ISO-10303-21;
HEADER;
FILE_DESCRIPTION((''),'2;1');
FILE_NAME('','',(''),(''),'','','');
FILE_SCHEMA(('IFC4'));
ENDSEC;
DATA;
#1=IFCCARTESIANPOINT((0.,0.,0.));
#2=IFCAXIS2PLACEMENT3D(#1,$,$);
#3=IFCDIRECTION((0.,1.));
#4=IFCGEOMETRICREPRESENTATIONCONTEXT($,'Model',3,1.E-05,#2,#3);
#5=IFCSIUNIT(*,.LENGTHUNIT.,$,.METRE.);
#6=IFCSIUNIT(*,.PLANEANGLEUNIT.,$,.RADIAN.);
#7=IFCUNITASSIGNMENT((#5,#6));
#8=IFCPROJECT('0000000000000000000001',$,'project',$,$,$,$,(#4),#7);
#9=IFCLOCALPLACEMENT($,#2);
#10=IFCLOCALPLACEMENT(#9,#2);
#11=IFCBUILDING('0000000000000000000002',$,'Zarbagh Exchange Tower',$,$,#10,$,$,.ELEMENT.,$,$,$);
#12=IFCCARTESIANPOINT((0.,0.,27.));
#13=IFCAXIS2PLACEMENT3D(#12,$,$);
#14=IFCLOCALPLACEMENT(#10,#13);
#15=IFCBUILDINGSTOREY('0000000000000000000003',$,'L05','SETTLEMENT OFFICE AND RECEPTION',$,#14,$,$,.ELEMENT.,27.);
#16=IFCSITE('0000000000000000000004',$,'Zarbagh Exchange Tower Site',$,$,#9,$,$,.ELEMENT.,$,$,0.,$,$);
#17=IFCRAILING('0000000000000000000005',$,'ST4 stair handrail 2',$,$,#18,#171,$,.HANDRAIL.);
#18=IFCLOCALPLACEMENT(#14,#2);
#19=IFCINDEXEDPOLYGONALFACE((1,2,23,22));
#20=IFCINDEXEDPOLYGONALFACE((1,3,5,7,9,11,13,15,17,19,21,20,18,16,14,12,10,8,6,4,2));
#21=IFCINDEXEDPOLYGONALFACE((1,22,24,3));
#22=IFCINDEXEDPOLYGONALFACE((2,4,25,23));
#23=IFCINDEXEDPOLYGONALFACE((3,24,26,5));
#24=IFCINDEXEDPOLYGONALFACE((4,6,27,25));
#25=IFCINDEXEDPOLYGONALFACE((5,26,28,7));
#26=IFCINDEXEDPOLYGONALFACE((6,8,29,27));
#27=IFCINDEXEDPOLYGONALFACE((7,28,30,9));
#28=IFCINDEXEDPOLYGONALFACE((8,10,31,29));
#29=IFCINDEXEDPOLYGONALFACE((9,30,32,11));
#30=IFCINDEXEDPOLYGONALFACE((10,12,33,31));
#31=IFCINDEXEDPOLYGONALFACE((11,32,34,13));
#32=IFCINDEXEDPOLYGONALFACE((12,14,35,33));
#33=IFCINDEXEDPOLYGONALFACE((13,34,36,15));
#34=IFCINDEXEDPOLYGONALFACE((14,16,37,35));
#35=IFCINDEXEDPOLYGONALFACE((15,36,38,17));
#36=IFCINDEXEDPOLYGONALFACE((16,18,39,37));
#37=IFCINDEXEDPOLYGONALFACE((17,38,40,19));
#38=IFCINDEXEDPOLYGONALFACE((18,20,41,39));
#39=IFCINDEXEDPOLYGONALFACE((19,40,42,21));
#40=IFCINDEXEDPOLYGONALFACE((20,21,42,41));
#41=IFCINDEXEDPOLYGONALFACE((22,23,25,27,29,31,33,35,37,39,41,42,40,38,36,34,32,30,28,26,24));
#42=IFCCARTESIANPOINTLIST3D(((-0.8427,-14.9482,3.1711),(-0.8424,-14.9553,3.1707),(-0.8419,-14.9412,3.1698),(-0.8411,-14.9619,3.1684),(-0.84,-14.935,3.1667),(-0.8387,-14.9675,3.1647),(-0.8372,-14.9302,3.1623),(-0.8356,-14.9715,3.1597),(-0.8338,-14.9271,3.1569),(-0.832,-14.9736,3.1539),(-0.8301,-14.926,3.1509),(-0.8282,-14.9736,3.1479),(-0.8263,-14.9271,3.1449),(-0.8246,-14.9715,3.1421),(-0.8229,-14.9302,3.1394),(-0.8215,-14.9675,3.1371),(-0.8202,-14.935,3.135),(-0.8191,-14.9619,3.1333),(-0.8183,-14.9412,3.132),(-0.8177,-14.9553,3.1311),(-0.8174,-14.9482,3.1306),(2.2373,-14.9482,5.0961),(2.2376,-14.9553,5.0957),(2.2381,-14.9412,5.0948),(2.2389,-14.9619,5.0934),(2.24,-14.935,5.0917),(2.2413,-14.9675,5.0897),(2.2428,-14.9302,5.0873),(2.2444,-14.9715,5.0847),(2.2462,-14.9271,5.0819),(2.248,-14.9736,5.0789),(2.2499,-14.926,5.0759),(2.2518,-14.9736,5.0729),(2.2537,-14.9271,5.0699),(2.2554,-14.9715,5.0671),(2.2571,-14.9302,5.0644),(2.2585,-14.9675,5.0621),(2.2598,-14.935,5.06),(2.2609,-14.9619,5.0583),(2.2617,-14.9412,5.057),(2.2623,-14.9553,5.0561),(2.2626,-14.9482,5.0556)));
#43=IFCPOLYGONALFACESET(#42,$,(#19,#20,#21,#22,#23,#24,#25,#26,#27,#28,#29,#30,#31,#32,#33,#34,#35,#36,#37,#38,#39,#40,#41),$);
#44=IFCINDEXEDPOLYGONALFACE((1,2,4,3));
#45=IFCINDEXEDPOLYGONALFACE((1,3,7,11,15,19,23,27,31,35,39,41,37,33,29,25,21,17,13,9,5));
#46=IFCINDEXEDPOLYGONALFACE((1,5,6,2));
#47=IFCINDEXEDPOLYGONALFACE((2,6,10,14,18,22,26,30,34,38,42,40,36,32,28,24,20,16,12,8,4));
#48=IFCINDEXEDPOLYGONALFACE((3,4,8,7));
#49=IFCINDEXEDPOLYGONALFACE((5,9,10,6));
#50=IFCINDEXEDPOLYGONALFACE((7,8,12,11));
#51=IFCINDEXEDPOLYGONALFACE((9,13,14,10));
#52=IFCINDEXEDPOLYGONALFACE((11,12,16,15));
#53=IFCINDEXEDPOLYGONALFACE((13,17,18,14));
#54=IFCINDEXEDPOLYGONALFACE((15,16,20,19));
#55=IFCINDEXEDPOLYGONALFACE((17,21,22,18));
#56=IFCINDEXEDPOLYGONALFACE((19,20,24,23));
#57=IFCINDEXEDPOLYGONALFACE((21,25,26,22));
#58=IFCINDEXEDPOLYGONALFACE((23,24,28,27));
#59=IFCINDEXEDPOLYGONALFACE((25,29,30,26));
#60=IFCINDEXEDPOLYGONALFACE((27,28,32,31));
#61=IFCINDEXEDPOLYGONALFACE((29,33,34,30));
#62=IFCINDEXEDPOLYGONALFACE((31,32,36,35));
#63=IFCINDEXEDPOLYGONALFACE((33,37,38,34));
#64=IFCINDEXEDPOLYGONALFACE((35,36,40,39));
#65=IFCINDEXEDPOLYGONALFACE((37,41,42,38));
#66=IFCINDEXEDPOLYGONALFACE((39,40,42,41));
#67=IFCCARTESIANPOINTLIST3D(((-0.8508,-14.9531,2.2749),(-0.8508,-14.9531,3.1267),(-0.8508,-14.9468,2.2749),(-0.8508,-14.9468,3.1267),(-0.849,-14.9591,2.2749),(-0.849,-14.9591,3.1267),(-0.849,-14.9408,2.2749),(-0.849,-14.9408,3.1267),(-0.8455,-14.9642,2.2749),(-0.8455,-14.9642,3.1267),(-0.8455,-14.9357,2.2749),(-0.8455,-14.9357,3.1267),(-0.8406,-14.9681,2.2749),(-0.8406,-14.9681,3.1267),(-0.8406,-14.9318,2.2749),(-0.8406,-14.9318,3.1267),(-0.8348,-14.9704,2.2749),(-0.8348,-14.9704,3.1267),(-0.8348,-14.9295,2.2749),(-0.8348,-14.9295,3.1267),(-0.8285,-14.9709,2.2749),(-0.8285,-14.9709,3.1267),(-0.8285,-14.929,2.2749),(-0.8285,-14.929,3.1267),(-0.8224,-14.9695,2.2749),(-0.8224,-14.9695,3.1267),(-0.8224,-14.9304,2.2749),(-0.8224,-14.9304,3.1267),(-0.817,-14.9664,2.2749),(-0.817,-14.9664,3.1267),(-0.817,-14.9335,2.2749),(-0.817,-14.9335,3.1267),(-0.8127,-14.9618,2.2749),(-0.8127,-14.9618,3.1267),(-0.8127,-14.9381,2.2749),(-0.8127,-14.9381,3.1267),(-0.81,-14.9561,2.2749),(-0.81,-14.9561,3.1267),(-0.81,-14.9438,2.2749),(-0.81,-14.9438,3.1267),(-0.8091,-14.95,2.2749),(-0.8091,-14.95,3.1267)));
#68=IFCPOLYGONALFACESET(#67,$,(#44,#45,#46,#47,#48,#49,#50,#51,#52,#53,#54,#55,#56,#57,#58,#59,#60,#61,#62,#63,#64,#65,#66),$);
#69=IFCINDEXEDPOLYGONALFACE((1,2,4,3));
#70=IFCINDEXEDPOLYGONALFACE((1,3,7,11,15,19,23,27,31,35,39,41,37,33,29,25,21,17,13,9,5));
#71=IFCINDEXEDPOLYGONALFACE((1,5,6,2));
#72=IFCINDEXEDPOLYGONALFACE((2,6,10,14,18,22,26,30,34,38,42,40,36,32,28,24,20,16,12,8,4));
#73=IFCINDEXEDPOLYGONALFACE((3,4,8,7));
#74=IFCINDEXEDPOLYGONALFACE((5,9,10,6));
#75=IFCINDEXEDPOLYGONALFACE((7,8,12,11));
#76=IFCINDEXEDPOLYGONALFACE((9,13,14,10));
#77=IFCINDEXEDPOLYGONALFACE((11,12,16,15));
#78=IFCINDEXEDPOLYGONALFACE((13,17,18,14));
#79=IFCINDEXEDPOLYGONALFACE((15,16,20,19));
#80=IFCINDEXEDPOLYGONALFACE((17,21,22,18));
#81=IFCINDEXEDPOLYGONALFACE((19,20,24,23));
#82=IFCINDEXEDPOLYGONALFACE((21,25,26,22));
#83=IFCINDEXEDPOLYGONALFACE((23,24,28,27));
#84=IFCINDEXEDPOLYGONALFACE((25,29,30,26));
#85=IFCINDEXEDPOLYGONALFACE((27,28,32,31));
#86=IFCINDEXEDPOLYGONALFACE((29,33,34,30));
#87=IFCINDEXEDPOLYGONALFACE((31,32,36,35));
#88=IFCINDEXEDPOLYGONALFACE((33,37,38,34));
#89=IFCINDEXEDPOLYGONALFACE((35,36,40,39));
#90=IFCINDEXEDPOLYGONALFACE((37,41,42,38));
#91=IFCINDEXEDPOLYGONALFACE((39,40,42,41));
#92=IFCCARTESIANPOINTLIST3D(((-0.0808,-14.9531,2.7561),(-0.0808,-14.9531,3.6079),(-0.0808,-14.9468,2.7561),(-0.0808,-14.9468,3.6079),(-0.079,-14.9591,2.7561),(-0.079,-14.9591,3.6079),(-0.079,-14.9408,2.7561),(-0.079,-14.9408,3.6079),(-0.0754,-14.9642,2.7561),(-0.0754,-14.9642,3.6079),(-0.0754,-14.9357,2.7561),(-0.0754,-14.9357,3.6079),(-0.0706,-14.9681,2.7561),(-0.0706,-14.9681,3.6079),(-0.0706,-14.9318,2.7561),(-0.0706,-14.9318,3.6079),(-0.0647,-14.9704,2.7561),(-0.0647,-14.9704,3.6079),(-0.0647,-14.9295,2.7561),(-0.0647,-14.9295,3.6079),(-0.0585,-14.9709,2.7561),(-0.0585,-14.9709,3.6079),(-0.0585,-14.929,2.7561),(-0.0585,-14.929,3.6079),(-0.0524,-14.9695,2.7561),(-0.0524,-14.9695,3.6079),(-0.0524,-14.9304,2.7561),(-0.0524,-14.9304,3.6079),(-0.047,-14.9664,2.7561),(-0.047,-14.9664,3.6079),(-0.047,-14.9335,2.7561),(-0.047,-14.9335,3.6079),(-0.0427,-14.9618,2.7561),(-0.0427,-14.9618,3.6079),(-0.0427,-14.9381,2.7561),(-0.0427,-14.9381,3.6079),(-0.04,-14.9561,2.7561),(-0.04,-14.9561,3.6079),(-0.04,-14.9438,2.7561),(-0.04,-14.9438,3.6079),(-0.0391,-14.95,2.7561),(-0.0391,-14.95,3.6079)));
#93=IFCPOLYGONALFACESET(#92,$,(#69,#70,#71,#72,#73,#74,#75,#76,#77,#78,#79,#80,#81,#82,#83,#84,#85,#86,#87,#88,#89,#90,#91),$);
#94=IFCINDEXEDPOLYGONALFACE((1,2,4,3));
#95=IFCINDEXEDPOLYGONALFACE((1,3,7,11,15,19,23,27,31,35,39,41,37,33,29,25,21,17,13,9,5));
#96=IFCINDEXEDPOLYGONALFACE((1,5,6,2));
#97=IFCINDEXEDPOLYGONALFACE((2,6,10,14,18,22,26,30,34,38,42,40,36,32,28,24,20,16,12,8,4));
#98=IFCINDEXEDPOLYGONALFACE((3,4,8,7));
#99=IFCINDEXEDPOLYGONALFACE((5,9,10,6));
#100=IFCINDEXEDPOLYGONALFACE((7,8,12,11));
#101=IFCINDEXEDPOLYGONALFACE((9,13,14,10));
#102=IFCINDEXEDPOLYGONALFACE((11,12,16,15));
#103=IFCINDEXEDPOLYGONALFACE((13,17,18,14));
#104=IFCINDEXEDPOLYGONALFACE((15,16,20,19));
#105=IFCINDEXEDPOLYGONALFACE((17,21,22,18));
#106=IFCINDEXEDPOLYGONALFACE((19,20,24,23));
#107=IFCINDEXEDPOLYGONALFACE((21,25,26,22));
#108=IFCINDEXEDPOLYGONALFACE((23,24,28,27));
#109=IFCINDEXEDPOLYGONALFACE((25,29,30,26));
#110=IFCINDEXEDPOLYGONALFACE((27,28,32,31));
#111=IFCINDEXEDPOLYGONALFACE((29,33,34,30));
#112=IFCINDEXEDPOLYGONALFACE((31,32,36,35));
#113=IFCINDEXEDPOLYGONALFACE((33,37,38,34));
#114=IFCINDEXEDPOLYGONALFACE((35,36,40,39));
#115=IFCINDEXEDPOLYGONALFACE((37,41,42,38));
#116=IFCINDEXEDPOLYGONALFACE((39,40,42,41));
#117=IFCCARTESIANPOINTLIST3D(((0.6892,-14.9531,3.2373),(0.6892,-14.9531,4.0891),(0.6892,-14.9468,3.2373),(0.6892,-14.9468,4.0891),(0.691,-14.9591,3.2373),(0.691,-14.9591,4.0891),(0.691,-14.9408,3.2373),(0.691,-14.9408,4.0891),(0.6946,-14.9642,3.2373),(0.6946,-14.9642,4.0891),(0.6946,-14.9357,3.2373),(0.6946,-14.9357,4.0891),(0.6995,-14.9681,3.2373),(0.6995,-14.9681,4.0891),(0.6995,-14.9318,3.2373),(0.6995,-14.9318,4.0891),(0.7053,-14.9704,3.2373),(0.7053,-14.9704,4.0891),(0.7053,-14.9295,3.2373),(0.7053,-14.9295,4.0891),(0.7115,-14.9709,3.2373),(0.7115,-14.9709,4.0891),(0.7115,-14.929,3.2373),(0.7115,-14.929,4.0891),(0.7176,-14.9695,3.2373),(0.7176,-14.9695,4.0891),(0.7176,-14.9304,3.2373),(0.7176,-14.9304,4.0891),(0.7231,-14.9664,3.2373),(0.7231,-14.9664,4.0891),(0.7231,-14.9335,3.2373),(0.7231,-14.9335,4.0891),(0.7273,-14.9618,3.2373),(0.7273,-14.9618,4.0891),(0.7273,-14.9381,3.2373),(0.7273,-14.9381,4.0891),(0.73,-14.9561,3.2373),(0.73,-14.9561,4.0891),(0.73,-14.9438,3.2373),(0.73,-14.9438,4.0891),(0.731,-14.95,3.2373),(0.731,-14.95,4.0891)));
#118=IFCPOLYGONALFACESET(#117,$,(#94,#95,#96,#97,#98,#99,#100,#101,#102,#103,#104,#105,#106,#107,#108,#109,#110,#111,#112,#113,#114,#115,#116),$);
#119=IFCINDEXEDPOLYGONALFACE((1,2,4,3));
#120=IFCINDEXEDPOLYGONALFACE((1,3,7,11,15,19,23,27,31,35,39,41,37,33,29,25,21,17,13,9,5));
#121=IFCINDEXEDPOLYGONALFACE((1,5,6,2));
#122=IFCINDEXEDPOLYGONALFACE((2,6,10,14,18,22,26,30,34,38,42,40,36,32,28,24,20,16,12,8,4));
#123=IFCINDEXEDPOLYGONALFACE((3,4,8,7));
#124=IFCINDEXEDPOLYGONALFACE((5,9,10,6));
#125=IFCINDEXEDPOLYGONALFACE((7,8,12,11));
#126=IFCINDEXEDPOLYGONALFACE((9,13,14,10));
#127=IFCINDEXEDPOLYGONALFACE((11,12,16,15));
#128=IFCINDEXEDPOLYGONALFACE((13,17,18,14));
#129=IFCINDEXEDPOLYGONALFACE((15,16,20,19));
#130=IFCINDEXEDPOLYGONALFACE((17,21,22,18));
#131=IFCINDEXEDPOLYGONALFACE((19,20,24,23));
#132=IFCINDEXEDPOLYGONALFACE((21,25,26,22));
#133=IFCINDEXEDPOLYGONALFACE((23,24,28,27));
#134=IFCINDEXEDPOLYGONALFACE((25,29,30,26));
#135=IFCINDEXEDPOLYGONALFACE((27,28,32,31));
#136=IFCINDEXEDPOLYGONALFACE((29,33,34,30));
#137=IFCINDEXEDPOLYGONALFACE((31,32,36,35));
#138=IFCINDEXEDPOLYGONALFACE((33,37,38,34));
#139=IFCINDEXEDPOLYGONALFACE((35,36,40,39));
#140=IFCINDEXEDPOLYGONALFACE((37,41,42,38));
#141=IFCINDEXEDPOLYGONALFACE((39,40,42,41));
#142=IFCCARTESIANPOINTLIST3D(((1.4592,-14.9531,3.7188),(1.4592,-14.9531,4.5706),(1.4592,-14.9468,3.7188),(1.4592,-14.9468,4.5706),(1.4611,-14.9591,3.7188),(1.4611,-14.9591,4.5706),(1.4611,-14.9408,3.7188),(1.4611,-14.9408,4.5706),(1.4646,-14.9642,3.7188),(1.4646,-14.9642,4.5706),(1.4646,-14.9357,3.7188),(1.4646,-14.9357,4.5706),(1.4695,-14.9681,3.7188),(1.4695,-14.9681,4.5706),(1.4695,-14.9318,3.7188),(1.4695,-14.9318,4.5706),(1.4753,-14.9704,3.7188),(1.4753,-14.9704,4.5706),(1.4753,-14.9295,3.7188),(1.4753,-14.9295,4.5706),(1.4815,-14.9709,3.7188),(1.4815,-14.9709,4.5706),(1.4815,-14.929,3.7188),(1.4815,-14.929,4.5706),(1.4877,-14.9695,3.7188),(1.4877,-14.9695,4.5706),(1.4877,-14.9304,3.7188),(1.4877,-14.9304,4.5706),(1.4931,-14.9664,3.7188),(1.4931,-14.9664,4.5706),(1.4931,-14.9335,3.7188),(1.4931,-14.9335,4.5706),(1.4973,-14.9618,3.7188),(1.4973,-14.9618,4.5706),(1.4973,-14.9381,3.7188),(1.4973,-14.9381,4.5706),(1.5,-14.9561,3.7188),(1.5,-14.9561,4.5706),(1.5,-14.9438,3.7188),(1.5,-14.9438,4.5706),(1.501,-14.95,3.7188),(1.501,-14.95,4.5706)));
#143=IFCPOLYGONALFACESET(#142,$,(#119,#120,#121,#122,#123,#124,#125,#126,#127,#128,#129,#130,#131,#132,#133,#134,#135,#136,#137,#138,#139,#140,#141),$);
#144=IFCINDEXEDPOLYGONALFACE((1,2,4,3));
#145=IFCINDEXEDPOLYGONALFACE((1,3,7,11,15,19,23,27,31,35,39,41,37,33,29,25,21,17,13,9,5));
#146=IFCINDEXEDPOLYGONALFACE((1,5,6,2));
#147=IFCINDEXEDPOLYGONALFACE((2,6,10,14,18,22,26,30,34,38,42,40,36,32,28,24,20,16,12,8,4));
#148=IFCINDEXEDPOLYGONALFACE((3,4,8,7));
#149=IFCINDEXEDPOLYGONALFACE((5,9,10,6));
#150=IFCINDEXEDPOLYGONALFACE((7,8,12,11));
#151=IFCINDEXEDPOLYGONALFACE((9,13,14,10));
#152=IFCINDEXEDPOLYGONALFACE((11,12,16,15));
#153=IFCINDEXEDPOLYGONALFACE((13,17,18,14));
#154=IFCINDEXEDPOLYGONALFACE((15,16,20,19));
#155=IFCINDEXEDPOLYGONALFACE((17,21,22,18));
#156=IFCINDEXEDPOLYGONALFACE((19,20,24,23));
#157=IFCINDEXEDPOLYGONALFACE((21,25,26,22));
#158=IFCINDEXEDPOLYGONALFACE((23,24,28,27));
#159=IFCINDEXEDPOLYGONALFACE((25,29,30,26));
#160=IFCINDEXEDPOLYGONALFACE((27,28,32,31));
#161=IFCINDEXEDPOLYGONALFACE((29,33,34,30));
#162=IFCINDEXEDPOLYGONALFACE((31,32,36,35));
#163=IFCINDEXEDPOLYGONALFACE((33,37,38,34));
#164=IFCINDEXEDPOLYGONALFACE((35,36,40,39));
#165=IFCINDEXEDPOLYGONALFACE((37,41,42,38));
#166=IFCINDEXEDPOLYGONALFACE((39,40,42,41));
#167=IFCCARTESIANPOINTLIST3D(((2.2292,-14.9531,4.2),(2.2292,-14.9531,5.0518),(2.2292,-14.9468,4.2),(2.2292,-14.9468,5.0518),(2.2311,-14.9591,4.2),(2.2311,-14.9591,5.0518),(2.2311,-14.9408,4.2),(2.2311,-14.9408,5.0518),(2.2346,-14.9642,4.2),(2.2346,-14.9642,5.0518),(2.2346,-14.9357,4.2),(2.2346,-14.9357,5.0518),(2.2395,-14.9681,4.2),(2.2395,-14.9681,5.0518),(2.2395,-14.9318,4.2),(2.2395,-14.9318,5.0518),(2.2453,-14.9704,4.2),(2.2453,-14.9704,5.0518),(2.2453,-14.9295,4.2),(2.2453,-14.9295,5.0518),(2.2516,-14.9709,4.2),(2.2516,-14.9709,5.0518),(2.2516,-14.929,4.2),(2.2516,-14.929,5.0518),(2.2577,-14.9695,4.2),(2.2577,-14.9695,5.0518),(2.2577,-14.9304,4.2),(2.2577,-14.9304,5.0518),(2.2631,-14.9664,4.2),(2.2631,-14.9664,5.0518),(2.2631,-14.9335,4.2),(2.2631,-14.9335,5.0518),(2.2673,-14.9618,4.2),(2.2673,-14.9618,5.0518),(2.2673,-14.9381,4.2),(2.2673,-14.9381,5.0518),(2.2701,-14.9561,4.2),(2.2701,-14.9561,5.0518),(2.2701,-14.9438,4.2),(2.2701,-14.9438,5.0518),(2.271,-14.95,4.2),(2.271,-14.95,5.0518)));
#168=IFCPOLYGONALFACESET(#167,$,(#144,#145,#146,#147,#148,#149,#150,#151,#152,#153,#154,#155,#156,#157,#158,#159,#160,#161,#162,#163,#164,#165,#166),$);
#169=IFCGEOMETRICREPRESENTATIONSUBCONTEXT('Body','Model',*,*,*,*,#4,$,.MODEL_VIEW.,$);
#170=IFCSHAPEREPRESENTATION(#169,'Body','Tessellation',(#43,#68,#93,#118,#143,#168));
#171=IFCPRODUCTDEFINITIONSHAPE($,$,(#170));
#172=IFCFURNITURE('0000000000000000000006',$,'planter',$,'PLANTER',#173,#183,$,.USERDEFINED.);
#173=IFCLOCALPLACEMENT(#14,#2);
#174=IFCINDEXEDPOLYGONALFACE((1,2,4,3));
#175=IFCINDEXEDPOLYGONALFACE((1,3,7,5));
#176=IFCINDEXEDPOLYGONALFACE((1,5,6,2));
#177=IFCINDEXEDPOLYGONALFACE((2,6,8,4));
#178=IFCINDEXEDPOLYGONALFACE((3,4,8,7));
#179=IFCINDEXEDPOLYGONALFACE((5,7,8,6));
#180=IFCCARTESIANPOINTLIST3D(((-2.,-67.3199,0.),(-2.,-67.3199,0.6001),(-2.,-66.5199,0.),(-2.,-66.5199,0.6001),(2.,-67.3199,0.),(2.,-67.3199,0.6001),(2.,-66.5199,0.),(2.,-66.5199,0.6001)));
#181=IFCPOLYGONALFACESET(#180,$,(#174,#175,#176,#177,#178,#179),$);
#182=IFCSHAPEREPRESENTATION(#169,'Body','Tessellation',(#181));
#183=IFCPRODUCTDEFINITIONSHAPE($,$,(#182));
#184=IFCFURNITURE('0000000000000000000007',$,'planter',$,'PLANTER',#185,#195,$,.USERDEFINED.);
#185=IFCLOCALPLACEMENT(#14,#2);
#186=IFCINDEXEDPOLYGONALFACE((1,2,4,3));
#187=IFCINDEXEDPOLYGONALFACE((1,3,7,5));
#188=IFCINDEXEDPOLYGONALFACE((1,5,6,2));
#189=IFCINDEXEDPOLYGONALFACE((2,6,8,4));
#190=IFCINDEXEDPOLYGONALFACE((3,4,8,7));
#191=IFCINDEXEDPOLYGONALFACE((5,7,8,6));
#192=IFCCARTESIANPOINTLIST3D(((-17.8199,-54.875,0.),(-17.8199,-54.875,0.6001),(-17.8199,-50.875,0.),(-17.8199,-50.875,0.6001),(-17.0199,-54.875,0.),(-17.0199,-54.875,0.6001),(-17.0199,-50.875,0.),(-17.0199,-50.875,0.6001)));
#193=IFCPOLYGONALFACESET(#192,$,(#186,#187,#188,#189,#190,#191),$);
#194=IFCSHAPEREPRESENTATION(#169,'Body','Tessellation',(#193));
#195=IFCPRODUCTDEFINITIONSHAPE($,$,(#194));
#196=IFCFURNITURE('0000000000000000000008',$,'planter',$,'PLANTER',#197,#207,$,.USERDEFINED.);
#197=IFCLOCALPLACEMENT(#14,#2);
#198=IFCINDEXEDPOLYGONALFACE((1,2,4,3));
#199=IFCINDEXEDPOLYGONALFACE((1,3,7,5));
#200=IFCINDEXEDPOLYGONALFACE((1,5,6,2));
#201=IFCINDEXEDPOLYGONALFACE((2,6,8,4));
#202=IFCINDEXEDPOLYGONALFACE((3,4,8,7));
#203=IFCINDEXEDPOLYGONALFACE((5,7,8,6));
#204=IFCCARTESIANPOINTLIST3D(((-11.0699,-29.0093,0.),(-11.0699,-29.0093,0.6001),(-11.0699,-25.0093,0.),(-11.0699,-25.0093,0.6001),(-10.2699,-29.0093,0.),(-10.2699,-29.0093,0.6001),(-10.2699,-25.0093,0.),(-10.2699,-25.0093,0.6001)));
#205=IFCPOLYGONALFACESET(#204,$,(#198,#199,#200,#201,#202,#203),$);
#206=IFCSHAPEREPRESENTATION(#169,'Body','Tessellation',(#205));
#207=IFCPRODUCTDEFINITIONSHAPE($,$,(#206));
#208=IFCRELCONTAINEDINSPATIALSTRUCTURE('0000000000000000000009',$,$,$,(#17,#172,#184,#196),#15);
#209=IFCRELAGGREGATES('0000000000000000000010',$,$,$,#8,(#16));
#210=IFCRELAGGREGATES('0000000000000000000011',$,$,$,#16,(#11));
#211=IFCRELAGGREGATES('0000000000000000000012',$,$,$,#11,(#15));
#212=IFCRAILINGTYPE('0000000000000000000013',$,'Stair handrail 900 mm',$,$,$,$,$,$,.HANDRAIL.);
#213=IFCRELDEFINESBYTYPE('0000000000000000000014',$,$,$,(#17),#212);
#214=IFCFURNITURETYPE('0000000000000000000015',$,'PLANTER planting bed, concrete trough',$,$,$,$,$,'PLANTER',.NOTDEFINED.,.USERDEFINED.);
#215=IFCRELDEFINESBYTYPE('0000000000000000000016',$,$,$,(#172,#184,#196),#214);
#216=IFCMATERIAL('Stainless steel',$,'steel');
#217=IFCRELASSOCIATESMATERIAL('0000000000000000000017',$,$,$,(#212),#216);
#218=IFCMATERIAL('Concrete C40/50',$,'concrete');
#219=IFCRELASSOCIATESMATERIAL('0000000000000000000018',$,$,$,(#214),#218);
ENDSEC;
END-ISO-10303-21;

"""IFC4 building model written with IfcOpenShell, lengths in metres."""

from ifc_helpers import new_model, si_unit, direction, frame, origin, origin_2d, place, context, subcontext, project, spatial, rectangle, circle, extrude, material, type_object, element, save


model = new_model("IFC4")

# Units and contexts
model_context = context("Model", 3, precision=1e-05, world=origin(), true_north=direction((0.0, 1.0)))
body_context = subcontext(model_context, "Body", "Model", "MODEL_VIEW")
ifc_project = project(units=[si_unit("LENGTHUNIT", "METRE"), si_unit("PLANEANGLEUNIT", "RADIAN")], contexts=[model_context])

# Site, building, storey
site_placement = place(None, origin())
site = spatial("IfcSite", under=ifc_project, at=site_placement, Name="Zarbagh Exchange Tower Site", CompositionType="ELEMENT", RefElevation=0.0)
building_placement = place(site_placement, origin())
building = spatial("IfcBuilding", under=site, at=building_placement, Name="Zarbagh Exchange Tower", CompositionType="ELEMENT")
storey_placement = place(building_placement, frame((0.0, 0.0, 27.0)))
storey = spatial("IfcBuildingStorey", under=building, at=storey_placement, Name="L05", Description="SETTLEMENT OFFICE AND RECEPTION", CompositionType="ELEMENT", Elevation=27.0)

# Shared definitions
ifc_material_1 = material(Name="Concrete C40/50", Category="concrete")
ifc_material_2 = material(Name="Stainless steel", Category="steel")

# Railing
railing_type_1 = type_object("IfcRailingType", Name="Stair handrail 900 mm", PredefinedType="HANDRAIL", material=ifc_material_2)
for number, where, name in (
    (1, (-0.8301, -14.95, 2.2749), "ST4 stair handrail 2"),
):
    element("IfcRailing", number, at=place(storey_placement, frame(where)), inside=storey, type_object=railing_type_1, Name=name, PredefinedType="HANDRAIL", context=body_context, shape_type="SweptSolid", body=[
        extrude(circle(Radius=0.0239, at=origin_2d()), frame((0.0, 0.0, 0.876), z_axis=(0.847998, 0.0, 0.529999), x_axis=(0.0, 1.0, 0.0)), (0.0, 0.0, 1.0), 3.6321),
        extrude(circle(Radius=0.021, at=origin_2d()), origin(), (0.0, 0.0, 1.0), 0.8518),
        extrude(circle(Radius=0.021, at=origin_2d()), frame((0.77, 0.0, 0.4812)), (0.0, 0.0, 1.0), 0.8518),
        extrude(circle(Radius=0.021, at=origin_2d()), frame((1.54, 0.0, 0.9624)), (0.0, 0.0, 1.0), 0.8518),
        extrude(circle(Radius=0.021, at=origin_2d()), frame((2.3101, 0.0, 1.4438)), (0.0, 0.0, 1.0), 0.8518),
        extrude(circle(Radius=0.021, at=origin_2d()), frame((3.0801, 0.0, 1.925)), (0.0, 0.0, 1.0), 0.8518),
    ])

# Furniture
furniture_type = type_object("IfcFurnitureType", Name="PLANTER planting bed, concrete trough", ElementType="PLANTER", AssemblyPlace="NOTDEFINED", PredefinedType="USERDEFINED", material=ifc_material_1)
for number, where, z_axis, x_axis, name in (
    (2, (0.0, -66.9199, 0.0), (0.0, 0.0, 1.0), (-1.0, 0.0, 0.0), "planter"),
    (3, (-17.4199, -52.875, 0.0), (0.0, 0.0, 1.0), (0.0, 1.0, 0.0), "planter"),
    (4, (-10.6699, -27.0093, 0.0), (0.0, 0.0, 1.0), (0.0, 1.0, 0.0), "planter"),
):
    element("IfcFurniture", number, at=place(storey_placement, frame(where, z_axis=z_axis, x_axis=x_axis)), inside=storey, type_object=furniture_type, Name=name, ObjectType="PLANTER", PredefinedType="USERDEFINED", context=body_context, shape_type="SweptSolid", body=[
        extrude(rectangle(XDim=4.0, YDim=0.8, at=origin_2d()), origin(), (0.0, 0.0, 1.0), 0.6001),
    ])

save(model, "model.ifc")
